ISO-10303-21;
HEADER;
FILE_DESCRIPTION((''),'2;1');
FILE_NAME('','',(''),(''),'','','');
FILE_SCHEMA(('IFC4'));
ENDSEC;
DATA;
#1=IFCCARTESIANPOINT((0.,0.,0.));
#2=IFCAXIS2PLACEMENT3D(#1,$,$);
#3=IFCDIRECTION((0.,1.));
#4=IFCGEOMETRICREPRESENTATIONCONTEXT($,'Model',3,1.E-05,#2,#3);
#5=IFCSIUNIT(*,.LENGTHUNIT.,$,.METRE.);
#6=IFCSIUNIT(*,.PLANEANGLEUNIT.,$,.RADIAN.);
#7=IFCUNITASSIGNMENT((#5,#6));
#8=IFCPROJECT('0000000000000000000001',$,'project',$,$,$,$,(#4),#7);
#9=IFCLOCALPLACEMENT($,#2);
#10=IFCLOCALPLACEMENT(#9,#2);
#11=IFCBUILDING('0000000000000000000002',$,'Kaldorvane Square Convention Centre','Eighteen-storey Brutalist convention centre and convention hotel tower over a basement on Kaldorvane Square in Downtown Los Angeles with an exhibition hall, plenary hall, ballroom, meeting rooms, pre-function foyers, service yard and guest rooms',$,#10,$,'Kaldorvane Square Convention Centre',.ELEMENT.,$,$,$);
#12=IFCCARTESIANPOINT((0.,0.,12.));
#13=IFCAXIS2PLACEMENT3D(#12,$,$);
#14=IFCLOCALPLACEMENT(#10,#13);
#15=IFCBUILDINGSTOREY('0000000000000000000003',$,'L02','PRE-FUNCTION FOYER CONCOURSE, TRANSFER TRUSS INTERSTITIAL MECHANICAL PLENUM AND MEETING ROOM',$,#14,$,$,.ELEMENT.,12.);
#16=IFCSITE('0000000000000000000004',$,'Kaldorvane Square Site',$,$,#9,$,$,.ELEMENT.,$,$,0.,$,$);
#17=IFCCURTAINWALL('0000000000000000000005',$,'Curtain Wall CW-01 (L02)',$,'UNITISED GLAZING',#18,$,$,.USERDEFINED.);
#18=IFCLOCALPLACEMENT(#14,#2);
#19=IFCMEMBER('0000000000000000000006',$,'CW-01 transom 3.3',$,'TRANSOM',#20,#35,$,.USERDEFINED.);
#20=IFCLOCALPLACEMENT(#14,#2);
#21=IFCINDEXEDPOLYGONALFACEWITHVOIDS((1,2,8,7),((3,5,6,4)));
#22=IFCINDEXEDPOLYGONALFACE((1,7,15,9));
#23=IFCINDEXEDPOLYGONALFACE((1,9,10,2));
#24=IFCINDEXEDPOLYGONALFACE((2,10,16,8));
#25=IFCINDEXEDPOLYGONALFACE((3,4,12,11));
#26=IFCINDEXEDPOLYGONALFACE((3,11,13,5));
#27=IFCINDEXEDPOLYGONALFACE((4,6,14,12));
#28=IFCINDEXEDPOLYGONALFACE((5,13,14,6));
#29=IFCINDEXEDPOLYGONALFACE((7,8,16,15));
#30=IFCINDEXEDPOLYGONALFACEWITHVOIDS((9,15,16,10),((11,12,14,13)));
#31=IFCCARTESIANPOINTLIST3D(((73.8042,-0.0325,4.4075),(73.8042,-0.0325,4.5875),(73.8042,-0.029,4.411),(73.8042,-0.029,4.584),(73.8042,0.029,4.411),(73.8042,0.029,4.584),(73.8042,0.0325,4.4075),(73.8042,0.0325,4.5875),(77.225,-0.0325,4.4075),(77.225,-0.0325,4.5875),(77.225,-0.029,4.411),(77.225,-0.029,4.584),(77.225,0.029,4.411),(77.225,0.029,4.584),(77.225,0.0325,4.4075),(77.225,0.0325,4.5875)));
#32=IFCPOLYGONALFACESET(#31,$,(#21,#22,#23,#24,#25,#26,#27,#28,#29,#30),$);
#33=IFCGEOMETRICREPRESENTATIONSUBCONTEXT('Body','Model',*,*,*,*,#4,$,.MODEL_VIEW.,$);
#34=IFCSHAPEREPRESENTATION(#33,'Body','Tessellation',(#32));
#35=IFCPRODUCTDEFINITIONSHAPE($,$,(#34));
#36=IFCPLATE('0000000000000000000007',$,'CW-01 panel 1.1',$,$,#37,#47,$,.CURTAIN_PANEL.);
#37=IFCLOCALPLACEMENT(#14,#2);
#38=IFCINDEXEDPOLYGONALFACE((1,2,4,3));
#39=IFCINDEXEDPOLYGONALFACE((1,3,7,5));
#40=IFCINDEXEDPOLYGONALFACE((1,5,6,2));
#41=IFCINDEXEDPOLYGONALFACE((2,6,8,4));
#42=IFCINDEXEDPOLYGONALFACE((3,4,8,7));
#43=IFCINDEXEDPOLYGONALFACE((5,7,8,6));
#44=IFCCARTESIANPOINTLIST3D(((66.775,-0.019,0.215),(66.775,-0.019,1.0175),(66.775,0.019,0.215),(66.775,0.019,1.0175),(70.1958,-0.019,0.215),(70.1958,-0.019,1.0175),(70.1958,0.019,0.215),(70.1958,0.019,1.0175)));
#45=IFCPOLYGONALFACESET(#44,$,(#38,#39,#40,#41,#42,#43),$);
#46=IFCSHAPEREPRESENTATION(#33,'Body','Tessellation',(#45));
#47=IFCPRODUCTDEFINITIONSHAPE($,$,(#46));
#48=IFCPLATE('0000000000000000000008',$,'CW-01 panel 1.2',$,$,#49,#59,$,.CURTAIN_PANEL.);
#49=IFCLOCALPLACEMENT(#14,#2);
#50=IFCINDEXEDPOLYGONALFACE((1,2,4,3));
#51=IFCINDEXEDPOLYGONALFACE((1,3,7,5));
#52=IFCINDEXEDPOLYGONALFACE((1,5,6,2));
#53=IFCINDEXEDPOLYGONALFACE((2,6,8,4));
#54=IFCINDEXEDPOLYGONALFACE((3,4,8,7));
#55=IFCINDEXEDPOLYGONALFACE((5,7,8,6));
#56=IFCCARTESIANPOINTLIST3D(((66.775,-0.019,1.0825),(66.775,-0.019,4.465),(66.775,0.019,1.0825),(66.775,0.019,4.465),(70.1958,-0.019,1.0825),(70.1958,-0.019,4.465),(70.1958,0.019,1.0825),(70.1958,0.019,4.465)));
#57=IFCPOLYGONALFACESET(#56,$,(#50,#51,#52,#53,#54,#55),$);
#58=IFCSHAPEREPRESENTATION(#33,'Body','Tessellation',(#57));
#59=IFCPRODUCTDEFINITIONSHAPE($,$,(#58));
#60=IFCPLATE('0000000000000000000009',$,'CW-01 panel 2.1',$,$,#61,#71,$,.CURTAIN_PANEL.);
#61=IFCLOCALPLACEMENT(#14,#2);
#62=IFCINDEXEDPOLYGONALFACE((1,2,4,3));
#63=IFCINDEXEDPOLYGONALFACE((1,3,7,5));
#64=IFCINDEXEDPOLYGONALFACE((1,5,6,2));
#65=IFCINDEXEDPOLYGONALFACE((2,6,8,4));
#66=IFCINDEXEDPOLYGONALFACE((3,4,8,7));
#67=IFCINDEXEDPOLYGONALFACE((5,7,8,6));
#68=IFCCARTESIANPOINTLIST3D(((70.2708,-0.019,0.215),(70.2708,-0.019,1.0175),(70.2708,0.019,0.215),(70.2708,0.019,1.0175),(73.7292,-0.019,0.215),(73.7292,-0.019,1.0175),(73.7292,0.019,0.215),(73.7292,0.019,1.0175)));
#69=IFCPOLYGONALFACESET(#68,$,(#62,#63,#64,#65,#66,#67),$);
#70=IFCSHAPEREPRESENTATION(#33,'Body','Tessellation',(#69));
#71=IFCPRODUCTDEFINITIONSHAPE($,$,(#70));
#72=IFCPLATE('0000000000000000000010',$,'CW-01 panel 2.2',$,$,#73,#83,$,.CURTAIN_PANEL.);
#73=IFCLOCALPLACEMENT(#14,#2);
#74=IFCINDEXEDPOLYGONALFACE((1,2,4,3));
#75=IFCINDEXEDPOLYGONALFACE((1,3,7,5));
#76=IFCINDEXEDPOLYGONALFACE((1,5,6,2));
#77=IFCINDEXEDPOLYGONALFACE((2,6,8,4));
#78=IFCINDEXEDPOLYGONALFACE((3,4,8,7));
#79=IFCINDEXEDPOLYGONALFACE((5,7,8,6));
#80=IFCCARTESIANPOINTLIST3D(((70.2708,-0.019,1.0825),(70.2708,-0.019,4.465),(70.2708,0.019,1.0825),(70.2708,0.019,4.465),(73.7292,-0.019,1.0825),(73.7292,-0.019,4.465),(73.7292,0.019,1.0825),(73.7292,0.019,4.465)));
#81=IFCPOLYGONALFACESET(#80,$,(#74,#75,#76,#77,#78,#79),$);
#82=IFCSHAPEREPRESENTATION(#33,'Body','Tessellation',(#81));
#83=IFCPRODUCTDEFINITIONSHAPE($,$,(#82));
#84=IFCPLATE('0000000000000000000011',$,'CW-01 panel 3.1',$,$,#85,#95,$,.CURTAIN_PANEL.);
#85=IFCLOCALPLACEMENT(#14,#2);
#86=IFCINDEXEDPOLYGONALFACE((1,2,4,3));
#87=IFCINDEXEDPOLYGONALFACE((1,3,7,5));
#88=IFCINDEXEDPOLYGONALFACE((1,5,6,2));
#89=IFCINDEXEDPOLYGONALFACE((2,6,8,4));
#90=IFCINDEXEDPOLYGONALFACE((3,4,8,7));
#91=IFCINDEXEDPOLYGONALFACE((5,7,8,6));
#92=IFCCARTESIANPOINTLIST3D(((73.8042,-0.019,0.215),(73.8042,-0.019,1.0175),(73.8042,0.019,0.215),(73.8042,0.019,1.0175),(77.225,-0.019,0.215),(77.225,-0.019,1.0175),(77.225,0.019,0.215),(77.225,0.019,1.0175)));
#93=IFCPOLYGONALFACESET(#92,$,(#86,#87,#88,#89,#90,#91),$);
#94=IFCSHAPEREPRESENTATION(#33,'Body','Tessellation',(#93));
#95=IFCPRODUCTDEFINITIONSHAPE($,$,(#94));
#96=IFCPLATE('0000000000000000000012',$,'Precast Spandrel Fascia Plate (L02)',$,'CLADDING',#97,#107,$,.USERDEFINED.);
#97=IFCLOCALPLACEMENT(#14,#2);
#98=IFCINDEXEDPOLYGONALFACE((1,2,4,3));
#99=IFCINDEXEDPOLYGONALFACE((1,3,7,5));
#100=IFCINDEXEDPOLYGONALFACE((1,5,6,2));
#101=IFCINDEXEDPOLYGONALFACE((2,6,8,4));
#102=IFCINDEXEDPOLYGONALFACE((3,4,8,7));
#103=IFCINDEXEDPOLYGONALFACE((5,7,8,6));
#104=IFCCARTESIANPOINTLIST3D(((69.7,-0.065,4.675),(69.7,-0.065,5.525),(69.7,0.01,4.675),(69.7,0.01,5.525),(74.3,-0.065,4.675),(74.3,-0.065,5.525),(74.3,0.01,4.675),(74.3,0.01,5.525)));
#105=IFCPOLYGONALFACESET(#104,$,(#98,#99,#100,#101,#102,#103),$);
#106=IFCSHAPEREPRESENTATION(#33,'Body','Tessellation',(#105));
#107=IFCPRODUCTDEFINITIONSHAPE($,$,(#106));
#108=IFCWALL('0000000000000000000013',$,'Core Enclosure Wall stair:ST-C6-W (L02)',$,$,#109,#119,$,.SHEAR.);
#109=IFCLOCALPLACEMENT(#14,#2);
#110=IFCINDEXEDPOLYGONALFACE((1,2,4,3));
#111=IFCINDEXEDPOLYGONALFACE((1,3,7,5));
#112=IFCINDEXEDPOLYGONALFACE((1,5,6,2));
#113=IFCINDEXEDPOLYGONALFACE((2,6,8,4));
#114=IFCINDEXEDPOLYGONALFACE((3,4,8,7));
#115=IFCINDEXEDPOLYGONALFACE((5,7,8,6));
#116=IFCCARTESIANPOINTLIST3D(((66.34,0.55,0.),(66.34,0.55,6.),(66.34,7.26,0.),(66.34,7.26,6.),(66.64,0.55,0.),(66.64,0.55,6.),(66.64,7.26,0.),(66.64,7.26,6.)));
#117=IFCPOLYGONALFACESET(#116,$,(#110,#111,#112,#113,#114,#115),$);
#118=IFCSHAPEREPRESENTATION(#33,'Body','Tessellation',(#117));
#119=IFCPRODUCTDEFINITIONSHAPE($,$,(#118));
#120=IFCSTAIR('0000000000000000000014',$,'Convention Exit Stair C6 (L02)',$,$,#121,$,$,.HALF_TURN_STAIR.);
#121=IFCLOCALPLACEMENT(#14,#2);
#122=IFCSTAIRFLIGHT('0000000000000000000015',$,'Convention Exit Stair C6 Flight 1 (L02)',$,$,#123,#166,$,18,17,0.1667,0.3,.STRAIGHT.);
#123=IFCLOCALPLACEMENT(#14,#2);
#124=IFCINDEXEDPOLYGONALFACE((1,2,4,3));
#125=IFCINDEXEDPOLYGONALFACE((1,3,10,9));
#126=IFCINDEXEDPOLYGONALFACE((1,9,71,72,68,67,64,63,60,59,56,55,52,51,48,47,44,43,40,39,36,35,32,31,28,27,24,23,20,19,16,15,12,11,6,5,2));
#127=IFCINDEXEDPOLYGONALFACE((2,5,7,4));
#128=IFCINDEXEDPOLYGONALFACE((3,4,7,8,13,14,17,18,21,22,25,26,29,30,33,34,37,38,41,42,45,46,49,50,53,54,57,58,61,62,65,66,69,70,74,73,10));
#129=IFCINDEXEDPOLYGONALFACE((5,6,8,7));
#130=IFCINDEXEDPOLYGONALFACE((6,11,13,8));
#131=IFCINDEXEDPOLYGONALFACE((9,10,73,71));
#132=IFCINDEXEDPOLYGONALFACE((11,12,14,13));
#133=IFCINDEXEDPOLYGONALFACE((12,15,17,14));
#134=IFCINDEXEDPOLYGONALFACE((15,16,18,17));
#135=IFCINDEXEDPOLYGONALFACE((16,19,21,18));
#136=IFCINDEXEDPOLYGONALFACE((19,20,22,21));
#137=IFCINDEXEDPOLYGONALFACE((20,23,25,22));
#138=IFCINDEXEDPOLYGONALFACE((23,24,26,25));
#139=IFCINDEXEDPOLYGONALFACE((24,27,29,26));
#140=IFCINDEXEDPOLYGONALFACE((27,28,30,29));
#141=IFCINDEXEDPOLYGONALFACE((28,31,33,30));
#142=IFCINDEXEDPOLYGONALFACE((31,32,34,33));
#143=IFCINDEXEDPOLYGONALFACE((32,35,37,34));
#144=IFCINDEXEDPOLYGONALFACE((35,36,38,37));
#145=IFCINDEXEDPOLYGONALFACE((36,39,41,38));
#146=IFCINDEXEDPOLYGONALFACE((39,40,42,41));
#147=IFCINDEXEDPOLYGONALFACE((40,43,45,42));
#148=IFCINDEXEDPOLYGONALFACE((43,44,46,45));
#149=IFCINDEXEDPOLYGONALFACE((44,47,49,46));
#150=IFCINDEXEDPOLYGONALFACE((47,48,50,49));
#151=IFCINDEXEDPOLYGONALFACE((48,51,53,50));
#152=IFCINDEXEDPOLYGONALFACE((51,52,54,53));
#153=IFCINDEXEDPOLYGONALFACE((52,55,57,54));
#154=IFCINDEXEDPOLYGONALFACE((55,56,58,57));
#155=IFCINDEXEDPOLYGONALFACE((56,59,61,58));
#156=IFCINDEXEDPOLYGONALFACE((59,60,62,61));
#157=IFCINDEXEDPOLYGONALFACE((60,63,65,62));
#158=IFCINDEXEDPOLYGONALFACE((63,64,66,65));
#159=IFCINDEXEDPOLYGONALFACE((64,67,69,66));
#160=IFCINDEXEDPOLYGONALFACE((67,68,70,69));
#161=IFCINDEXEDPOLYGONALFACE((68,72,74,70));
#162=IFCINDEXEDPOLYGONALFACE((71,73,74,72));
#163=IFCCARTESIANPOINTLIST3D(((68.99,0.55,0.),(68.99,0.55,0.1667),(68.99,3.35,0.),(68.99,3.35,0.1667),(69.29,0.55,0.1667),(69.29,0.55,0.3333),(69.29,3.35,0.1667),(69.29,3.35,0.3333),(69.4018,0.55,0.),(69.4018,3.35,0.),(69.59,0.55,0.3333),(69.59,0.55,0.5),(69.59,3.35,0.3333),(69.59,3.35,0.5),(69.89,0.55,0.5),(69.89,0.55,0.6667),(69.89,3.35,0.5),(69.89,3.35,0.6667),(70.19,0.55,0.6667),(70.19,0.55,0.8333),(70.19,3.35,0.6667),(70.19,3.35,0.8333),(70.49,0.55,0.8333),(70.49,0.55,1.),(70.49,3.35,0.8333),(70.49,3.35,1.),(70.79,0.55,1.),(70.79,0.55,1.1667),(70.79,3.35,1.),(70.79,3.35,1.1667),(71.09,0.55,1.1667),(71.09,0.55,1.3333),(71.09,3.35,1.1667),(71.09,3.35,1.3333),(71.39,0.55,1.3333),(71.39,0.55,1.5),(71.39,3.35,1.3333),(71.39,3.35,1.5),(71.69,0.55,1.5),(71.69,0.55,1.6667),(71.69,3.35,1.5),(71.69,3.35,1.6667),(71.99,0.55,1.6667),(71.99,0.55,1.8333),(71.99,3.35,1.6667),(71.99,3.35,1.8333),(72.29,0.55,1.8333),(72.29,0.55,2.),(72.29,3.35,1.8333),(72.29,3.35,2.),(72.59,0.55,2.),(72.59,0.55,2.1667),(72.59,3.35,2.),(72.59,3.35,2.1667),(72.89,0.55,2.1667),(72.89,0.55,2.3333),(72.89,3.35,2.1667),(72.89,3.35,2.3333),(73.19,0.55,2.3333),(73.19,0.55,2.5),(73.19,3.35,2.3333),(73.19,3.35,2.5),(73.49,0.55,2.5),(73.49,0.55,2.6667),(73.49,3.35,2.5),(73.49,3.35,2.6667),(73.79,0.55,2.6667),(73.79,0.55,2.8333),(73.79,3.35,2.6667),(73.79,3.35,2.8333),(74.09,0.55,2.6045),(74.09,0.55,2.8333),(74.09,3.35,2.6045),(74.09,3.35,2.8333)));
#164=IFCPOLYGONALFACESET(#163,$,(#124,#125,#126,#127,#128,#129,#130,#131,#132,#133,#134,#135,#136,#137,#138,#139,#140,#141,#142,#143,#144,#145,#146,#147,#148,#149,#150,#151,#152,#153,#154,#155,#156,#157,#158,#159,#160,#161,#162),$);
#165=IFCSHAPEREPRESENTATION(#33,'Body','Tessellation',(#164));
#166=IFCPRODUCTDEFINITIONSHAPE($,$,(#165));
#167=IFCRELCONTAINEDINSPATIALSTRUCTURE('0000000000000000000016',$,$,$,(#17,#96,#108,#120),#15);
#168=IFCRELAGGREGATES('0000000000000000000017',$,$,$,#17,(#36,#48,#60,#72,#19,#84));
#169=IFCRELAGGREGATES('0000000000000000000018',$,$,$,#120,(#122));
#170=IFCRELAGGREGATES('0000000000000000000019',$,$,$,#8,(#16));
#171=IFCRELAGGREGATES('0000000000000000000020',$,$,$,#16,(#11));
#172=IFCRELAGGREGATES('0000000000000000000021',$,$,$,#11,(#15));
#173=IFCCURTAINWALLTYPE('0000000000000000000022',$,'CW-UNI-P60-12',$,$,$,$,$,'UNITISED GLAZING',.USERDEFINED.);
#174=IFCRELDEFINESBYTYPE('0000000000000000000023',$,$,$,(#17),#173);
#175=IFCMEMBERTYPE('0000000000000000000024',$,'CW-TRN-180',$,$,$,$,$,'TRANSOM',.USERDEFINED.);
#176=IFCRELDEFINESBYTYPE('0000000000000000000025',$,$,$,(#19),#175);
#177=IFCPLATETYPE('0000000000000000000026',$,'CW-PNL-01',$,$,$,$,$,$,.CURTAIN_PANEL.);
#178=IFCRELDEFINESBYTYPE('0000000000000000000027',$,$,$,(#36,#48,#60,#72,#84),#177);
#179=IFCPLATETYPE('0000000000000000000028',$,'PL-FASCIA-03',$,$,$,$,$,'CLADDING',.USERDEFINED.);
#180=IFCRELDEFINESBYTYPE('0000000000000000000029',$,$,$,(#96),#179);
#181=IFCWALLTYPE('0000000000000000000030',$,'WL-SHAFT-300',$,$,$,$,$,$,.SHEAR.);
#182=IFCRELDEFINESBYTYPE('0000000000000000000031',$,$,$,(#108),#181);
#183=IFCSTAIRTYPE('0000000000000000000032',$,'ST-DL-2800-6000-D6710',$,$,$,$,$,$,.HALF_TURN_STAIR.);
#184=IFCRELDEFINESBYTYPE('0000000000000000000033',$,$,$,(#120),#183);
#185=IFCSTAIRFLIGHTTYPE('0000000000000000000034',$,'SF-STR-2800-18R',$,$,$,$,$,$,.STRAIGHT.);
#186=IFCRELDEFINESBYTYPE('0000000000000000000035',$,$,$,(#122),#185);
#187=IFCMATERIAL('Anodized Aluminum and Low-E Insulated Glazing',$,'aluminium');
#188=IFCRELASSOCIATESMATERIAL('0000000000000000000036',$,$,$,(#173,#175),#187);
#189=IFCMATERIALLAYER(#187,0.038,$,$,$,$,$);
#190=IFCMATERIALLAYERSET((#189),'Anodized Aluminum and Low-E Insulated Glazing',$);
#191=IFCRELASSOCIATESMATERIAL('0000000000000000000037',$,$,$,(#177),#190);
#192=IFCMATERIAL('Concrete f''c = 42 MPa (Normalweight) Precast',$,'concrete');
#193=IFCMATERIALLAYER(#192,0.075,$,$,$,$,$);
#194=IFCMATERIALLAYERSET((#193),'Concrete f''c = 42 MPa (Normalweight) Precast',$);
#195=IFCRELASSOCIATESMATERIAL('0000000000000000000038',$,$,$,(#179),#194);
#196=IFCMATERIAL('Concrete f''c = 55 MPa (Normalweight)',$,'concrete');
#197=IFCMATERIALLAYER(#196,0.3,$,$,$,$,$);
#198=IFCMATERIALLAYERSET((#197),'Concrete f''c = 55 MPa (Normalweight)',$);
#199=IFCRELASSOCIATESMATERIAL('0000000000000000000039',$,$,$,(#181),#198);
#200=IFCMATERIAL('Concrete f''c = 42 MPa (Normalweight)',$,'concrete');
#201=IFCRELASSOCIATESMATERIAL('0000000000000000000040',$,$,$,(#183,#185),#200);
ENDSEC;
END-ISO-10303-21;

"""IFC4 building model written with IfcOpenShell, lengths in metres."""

from ifc_helpers import new_model, si_unit, direction, frame, frame_2d, origin, origin_2d, place, context, subcontext, project, spatial, polyline, rectangle, hollow_rectangle, outline, extrude, material, layer, layer_set, material_profile, profile_set, type_object, element, aggregate, save


model = new_model("IFC4")

# Units and contexts
model_context = context("Model", 3, precision=1e-05, world=origin(), true_north=direction((0.0, 1.0)))
body_context = subcontext(model_context, "Body", "Model", "MODEL_VIEW")
ifc_project = project(units=[si_unit("LENGTHUNIT", "METRE"), si_unit("PLANEANGLEUNIT", "RADIAN")], contexts=[model_context])

# Site, building, storey
site_placement = place(None, origin())
site = spatial("IfcSite", under=ifc_project, at=site_placement, Name="Kaldorvane Square Site", CompositionType="ELEMENT", RefElevation=0.0)
building_placement = place(site_placement, origin())
building = spatial("IfcBuilding", under=site, at=building_placement, Name="Kaldorvane Square Convention Centre", Description="Eighteen-storey Brutalist convention centre and convention hotel tower over a basement on Kaldorvane Square in Downtown Los Angeles with an exhibition hall, plenary hall, ballroom, meeting rooms, pre-function foyers, service yard and guest rooms", LongName="Kaldorvane Square Convention Centre", CompositionType="ELEMENT")
storey_placement = place(building_placement, frame((0.0, 0.0, 12.0)))
storey = spatial("IfcBuildingStorey", under=building, at=storey_placement, Name="L02", Description="PRE-FUNCTION FOYER CONCOURSE, TRANSFER TRUSS INTERSTITIAL MECHANICAL PLENUM AND MEETING ROOM", CompositionType="ELEMENT", Elevation=12.0)

# Curtain wall, member, plates
ifc_material_1 = material(Name="Anodized Aluminum and Low-E Insulated Glazing", Category="aluminium")
curtain_wall_type = type_object("IfcCurtainWallType", Name="CW-UNI-P60-12", ElementType="UNITISED GLAZING", PredefinedType="USERDEFINED", material=ifc_material_1)
curtain_wall_placement = place(storey_placement, origin())
curtain_wall = element("IfcCurtainWall", 1, at=curtain_wall_placement, inside=storey, type_object=curtain_wall_type, Name="Curtain Wall CW-01 (L02)", ObjectType="UNITISED GLAZING", PredefinedType="USERDEFINED")
ifc_material_profile_1 = material_profile(ifc_material_1, hollow_rectangle(XDim=0.065, YDim=0.18, WallThickness=0.0035, at=origin_2d()), Name="CWT-180X65")
ifc_profile_set_1 = profile_set([ifc_material_profile_1], Name="Anodized Aluminum and Low-E Insulated Glazing")
member_type_1 = type_object("IfcMemberType", Name="CW-TRN-180", ElementType="TRANSOM", PredefinedType="USERDEFINED", material=ifc_profile_set_1)
member_1_placement = place(storey_placement, frame((73.8042, 0.0, 4.4975), z_axis=(1.0, 0.0, 0.0), x_axis=(0.0, 1.0, 0.0)))
member_1 = element("IfcMember", 2, at=member_1_placement, type_object=member_type_1, Name="CW-01 transom 3.3", ObjectType="TRANSOM", PredefinedType="USERDEFINED", context=body_context, shape_type="SweptSolid", body=[
    extrude(hollow_rectangle(XDim=0.065, YDim=0.18, WallThickness=0.0035, at=origin_2d()), origin(), (0.0, 0.0, 1.0), 3.4208),
])
ifc_layer_1 = layer(ifc_material_1, 0.038)
ifc_layer_set_1 = layer_set([ifc_layer_1], Name="Anodized Aluminum and Low-E Insulated Glazing")
plate_type_1 = type_object("IfcPlateType", Name="CW-PNL-01", PredefinedType="CURTAIN_PANEL", material=ifc_layer_set_1)
plate_1_placement = place(storey_placement, frame((68.4854, 0.0, 0.215), z_axis=(0.0, 0.0, 1.0), x_axis=(1.0, 0.0, 0.0)))
plate_1 = element("IfcPlate", 3, at=plate_1_placement, type_object=plate_type_1, Name="CW-01 panel 1.1", PredefinedType="CURTAIN_PANEL", context=body_context, shape_type="SweptSolid", body=[
    extrude(rectangle(XDim=3.4208, YDim=0.038, at=origin_2d()), origin(), (0.0, 0.0, 1.0), 0.8025),
])
plate_2_placement = place(storey_placement, frame((68.4854, 0.0, 1.0825), z_axis=(0.0, 0.0, 1.0), x_axis=(1.0, 0.0, 0.0)))
plate_2 = element("IfcPlate", 4, at=plate_2_placement, type_object=plate_type_1, Name="CW-01 panel 1.2", PredefinedType="CURTAIN_PANEL", context=body_context, shape_type="SweptSolid", body=[
    extrude(rectangle(XDim=3.4208, YDim=0.038, at=origin_2d()), origin(), (0.0, 0.0, 1.0), 3.3825),
])
plate_3_placement = place(storey_placement, frame((72.0, 0.0, 0.215), z_axis=(0.0, 0.0, 1.0), x_axis=(1.0, 0.0, 0.0)))
plate_3 = element("IfcPlate", 5, at=plate_3_placement, type_object=plate_type_1, Name="CW-01 panel 2.1", PredefinedType="CURTAIN_PANEL", context=body_context, shape_type="SweptSolid", body=[
    extrude(rectangle(XDim=3.4583, YDim=0.038, at=origin_2d()), origin(), (0.0, 0.0, 1.0), 0.8025),
])
plate_4_placement = place(storey_placement, frame((72.0, 0.0, 1.0825), z_axis=(0.0, 0.0, 1.0), x_axis=(1.0, 0.0, 0.0)))
plate_4 = element("IfcPlate", 6, at=plate_4_placement, type_object=plate_type_1, Name="CW-01 panel 2.2", PredefinedType="CURTAIN_PANEL", context=body_context, shape_type="SweptSolid", body=[
    extrude(rectangle(XDim=3.4583, YDim=0.038, at=origin_2d()), origin(), (0.0, 0.0, 1.0), 3.3825),
])
plate_5_placement = place(storey_placement, frame((75.5146, 0.0, 0.215), z_axis=(0.0, 0.0, 1.0), x_axis=(1.0, 0.0, 0.0)))
plate_5 = element("IfcPlate", 7, at=plate_5_placement, type_object=plate_type_1, Name="CW-01 panel 3.1", PredefinedType="CURTAIN_PANEL", context=body_context, shape_type="SweptSolid", body=[
    extrude(rectangle(XDim=3.4208, YDim=0.038, at=origin_2d()), origin(), (0.0, 0.0, 1.0), 0.8025),
])
aggregate(curtain_wall, [plate_1, plate_2, plate_3, plate_4, member_1, plate_5])

# Plate
ifc_material_2 = material(Name="Concrete f'c = 42 MPa (Normalweight) Precast", Category="concrete")
ifc_layer_2 = layer(ifc_material_2, 0.075)
ifc_layer_set_2 = layer_set([ifc_layer_2], Name="Concrete f'c = 42 MPa (Normalweight) Precast")
plate_type_2 = type_object("IfcPlateType", Name="PL-FASCIA-03", ElementType="CLADDING", PredefinedType="USERDEFINED", material=ifc_layer_set_2)
plate_6_placement = place(storey_placement, frame((72.0, -0.0275, 4.675), z_axis=(0.0, 0.0, 1.0), x_axis=(1.0, 0.0, 0.0)))
element("IfcPlate", 8, at=plate_6_placement, inside=storey, type_object=plate_type_2, Name="Precast Spandrel Fascia Plate (L02)", ObjectType="CLADDING", PredefinedType="USERDEFINED", context=body_context, shape_type="SweptSolid", body=[
    extrude(rectangle(XDim=4.6, YDim=0.075, at=origin_2d()), origin(), (0.0, 0.0, 1.0), 0.85),
])

# Wall
ifc_material_3 = material(Name="Concrete f'c = 55 MPa (Normalweight)", Category="concrete")
ifc_layer_3 = layer(ifc_material_3, 0.3)
ifc_layer_set_3 = layer_set([ifc_layer_3], Name="Concrete f'c = 55 MPa (Normalweight)")
wall_type = type_object("IfcWallType", Name="WL-SHAFT-300", PredefinedType="SHEAR", material=ifc_layer_set_3)
wall_placement = place(storey_placement, frame((66.49, 7.26, 0.0), z_axis=(0.0, 0.0, 1.0), x_axis=(0.0, -1.0, 0.0)))
element("IfcWall", 9, at=wall_placement, inside=storey, type_object=wall_type, Name="Core Enclosure Wall stair:ST-C6-W (L02)", PredefinedType="SHEAR", context=body_context, shape_type="SweptSolid", body=[
    extrude(rectangle(XDim=6.71, YDim=0.3, at=frame_2d((3.355, 0.0))), origin(), (0.0, 0.0, 1.0), 6.0),
])

# Stair, stair flight
ifc_material_4 = material(Name="Concrete f'c = 42 MPa (Normalweight)", Category="concrete")
stair_type = type_object("IfcStairType", Name="ST-DL-2800-6000-D6710", PredefinedType="HALF_TURN_STAIR", material=ifc_material_4)
stair_placement = place(storey_placement, origin())
stair = element("IfcStair", 10, at=stair_placement, inside=storey, type_object=stair_type, Name="Convention Exit Stair C6 (L02)", PredefinedType="HALF_TURN_STAIR")
stair_flight_type = type_object("IfcStairFlightType", Name="SF-STR-2800-18R", PredefinedType="STRAIGHT", material=ifc_material_4)
stair_flight_1_placement = place(storey_placement, frame((68.99, 1.95, 0.0), z_axis=(0.0, 0.0, 1.0), x_axis=(1.0, 0.0, 0.0)))
stair_flight_1 = element("IfcStairFlight", 11, at=stair_flight_1_placement, type_object=stair_flight_type, Name="Convention Exit Stair C6 Flight 1 (L02)", NumberOfRisers=18, NumberOfTreads=17, PredefinedType="STRAIGHT", RiserHeight=0.1667, TreadLength=0.3, context=body_context, shape_type="SweptSolid", body=[
    extrude(outline(polyline([(0.0, 0.0), (0.0, 0.1667), (0.3, 0.1667), (0.3, 0.3333), (0.6, 0.3333), (0.6, 0.5), (0.9, 0.5), (0.9, 0.6667), (1.2, 0.6667), (1.2, 0.8333), (1.5, 0.8333), (1.5, 1.0), (1.8, 1.0), (1.8, 1.1667), (2.1, 1.1667), (2.1, 1.3333), (2.4, 1.3333), (2.4, 1.5), (2.7, 1.5), (2.7, 1.6667), (3.0, 1.6667), (3.0, 1.8333), (3.3, 1.8333), (3.3, 2.0), (3.6, 2.0), (3.6, 2.1667), (3.9, 2.1667), (3.9, 2.3333), (4.2, 2.3333), (4.2, 2.5), (4.5, 2.5), (4.5, 2.6667), (4.8, 2.6667), (4.8, 2.8333), (5.1, 2.8333), (5.1, 3.0), (5.1, 2.6045), (0.4118, 0.0), (0.0, 0.0)])), frame((0.0, 1.4, 0.0), z_axis=(0.0, -1.0, 0.0), x_axis=(1.0, 0.0, 0.0)), (0.0, 0.0, 1.0), 2.8),
])
aggregate(stair, [stair_flight_1])

save(model, "model.ifc")
